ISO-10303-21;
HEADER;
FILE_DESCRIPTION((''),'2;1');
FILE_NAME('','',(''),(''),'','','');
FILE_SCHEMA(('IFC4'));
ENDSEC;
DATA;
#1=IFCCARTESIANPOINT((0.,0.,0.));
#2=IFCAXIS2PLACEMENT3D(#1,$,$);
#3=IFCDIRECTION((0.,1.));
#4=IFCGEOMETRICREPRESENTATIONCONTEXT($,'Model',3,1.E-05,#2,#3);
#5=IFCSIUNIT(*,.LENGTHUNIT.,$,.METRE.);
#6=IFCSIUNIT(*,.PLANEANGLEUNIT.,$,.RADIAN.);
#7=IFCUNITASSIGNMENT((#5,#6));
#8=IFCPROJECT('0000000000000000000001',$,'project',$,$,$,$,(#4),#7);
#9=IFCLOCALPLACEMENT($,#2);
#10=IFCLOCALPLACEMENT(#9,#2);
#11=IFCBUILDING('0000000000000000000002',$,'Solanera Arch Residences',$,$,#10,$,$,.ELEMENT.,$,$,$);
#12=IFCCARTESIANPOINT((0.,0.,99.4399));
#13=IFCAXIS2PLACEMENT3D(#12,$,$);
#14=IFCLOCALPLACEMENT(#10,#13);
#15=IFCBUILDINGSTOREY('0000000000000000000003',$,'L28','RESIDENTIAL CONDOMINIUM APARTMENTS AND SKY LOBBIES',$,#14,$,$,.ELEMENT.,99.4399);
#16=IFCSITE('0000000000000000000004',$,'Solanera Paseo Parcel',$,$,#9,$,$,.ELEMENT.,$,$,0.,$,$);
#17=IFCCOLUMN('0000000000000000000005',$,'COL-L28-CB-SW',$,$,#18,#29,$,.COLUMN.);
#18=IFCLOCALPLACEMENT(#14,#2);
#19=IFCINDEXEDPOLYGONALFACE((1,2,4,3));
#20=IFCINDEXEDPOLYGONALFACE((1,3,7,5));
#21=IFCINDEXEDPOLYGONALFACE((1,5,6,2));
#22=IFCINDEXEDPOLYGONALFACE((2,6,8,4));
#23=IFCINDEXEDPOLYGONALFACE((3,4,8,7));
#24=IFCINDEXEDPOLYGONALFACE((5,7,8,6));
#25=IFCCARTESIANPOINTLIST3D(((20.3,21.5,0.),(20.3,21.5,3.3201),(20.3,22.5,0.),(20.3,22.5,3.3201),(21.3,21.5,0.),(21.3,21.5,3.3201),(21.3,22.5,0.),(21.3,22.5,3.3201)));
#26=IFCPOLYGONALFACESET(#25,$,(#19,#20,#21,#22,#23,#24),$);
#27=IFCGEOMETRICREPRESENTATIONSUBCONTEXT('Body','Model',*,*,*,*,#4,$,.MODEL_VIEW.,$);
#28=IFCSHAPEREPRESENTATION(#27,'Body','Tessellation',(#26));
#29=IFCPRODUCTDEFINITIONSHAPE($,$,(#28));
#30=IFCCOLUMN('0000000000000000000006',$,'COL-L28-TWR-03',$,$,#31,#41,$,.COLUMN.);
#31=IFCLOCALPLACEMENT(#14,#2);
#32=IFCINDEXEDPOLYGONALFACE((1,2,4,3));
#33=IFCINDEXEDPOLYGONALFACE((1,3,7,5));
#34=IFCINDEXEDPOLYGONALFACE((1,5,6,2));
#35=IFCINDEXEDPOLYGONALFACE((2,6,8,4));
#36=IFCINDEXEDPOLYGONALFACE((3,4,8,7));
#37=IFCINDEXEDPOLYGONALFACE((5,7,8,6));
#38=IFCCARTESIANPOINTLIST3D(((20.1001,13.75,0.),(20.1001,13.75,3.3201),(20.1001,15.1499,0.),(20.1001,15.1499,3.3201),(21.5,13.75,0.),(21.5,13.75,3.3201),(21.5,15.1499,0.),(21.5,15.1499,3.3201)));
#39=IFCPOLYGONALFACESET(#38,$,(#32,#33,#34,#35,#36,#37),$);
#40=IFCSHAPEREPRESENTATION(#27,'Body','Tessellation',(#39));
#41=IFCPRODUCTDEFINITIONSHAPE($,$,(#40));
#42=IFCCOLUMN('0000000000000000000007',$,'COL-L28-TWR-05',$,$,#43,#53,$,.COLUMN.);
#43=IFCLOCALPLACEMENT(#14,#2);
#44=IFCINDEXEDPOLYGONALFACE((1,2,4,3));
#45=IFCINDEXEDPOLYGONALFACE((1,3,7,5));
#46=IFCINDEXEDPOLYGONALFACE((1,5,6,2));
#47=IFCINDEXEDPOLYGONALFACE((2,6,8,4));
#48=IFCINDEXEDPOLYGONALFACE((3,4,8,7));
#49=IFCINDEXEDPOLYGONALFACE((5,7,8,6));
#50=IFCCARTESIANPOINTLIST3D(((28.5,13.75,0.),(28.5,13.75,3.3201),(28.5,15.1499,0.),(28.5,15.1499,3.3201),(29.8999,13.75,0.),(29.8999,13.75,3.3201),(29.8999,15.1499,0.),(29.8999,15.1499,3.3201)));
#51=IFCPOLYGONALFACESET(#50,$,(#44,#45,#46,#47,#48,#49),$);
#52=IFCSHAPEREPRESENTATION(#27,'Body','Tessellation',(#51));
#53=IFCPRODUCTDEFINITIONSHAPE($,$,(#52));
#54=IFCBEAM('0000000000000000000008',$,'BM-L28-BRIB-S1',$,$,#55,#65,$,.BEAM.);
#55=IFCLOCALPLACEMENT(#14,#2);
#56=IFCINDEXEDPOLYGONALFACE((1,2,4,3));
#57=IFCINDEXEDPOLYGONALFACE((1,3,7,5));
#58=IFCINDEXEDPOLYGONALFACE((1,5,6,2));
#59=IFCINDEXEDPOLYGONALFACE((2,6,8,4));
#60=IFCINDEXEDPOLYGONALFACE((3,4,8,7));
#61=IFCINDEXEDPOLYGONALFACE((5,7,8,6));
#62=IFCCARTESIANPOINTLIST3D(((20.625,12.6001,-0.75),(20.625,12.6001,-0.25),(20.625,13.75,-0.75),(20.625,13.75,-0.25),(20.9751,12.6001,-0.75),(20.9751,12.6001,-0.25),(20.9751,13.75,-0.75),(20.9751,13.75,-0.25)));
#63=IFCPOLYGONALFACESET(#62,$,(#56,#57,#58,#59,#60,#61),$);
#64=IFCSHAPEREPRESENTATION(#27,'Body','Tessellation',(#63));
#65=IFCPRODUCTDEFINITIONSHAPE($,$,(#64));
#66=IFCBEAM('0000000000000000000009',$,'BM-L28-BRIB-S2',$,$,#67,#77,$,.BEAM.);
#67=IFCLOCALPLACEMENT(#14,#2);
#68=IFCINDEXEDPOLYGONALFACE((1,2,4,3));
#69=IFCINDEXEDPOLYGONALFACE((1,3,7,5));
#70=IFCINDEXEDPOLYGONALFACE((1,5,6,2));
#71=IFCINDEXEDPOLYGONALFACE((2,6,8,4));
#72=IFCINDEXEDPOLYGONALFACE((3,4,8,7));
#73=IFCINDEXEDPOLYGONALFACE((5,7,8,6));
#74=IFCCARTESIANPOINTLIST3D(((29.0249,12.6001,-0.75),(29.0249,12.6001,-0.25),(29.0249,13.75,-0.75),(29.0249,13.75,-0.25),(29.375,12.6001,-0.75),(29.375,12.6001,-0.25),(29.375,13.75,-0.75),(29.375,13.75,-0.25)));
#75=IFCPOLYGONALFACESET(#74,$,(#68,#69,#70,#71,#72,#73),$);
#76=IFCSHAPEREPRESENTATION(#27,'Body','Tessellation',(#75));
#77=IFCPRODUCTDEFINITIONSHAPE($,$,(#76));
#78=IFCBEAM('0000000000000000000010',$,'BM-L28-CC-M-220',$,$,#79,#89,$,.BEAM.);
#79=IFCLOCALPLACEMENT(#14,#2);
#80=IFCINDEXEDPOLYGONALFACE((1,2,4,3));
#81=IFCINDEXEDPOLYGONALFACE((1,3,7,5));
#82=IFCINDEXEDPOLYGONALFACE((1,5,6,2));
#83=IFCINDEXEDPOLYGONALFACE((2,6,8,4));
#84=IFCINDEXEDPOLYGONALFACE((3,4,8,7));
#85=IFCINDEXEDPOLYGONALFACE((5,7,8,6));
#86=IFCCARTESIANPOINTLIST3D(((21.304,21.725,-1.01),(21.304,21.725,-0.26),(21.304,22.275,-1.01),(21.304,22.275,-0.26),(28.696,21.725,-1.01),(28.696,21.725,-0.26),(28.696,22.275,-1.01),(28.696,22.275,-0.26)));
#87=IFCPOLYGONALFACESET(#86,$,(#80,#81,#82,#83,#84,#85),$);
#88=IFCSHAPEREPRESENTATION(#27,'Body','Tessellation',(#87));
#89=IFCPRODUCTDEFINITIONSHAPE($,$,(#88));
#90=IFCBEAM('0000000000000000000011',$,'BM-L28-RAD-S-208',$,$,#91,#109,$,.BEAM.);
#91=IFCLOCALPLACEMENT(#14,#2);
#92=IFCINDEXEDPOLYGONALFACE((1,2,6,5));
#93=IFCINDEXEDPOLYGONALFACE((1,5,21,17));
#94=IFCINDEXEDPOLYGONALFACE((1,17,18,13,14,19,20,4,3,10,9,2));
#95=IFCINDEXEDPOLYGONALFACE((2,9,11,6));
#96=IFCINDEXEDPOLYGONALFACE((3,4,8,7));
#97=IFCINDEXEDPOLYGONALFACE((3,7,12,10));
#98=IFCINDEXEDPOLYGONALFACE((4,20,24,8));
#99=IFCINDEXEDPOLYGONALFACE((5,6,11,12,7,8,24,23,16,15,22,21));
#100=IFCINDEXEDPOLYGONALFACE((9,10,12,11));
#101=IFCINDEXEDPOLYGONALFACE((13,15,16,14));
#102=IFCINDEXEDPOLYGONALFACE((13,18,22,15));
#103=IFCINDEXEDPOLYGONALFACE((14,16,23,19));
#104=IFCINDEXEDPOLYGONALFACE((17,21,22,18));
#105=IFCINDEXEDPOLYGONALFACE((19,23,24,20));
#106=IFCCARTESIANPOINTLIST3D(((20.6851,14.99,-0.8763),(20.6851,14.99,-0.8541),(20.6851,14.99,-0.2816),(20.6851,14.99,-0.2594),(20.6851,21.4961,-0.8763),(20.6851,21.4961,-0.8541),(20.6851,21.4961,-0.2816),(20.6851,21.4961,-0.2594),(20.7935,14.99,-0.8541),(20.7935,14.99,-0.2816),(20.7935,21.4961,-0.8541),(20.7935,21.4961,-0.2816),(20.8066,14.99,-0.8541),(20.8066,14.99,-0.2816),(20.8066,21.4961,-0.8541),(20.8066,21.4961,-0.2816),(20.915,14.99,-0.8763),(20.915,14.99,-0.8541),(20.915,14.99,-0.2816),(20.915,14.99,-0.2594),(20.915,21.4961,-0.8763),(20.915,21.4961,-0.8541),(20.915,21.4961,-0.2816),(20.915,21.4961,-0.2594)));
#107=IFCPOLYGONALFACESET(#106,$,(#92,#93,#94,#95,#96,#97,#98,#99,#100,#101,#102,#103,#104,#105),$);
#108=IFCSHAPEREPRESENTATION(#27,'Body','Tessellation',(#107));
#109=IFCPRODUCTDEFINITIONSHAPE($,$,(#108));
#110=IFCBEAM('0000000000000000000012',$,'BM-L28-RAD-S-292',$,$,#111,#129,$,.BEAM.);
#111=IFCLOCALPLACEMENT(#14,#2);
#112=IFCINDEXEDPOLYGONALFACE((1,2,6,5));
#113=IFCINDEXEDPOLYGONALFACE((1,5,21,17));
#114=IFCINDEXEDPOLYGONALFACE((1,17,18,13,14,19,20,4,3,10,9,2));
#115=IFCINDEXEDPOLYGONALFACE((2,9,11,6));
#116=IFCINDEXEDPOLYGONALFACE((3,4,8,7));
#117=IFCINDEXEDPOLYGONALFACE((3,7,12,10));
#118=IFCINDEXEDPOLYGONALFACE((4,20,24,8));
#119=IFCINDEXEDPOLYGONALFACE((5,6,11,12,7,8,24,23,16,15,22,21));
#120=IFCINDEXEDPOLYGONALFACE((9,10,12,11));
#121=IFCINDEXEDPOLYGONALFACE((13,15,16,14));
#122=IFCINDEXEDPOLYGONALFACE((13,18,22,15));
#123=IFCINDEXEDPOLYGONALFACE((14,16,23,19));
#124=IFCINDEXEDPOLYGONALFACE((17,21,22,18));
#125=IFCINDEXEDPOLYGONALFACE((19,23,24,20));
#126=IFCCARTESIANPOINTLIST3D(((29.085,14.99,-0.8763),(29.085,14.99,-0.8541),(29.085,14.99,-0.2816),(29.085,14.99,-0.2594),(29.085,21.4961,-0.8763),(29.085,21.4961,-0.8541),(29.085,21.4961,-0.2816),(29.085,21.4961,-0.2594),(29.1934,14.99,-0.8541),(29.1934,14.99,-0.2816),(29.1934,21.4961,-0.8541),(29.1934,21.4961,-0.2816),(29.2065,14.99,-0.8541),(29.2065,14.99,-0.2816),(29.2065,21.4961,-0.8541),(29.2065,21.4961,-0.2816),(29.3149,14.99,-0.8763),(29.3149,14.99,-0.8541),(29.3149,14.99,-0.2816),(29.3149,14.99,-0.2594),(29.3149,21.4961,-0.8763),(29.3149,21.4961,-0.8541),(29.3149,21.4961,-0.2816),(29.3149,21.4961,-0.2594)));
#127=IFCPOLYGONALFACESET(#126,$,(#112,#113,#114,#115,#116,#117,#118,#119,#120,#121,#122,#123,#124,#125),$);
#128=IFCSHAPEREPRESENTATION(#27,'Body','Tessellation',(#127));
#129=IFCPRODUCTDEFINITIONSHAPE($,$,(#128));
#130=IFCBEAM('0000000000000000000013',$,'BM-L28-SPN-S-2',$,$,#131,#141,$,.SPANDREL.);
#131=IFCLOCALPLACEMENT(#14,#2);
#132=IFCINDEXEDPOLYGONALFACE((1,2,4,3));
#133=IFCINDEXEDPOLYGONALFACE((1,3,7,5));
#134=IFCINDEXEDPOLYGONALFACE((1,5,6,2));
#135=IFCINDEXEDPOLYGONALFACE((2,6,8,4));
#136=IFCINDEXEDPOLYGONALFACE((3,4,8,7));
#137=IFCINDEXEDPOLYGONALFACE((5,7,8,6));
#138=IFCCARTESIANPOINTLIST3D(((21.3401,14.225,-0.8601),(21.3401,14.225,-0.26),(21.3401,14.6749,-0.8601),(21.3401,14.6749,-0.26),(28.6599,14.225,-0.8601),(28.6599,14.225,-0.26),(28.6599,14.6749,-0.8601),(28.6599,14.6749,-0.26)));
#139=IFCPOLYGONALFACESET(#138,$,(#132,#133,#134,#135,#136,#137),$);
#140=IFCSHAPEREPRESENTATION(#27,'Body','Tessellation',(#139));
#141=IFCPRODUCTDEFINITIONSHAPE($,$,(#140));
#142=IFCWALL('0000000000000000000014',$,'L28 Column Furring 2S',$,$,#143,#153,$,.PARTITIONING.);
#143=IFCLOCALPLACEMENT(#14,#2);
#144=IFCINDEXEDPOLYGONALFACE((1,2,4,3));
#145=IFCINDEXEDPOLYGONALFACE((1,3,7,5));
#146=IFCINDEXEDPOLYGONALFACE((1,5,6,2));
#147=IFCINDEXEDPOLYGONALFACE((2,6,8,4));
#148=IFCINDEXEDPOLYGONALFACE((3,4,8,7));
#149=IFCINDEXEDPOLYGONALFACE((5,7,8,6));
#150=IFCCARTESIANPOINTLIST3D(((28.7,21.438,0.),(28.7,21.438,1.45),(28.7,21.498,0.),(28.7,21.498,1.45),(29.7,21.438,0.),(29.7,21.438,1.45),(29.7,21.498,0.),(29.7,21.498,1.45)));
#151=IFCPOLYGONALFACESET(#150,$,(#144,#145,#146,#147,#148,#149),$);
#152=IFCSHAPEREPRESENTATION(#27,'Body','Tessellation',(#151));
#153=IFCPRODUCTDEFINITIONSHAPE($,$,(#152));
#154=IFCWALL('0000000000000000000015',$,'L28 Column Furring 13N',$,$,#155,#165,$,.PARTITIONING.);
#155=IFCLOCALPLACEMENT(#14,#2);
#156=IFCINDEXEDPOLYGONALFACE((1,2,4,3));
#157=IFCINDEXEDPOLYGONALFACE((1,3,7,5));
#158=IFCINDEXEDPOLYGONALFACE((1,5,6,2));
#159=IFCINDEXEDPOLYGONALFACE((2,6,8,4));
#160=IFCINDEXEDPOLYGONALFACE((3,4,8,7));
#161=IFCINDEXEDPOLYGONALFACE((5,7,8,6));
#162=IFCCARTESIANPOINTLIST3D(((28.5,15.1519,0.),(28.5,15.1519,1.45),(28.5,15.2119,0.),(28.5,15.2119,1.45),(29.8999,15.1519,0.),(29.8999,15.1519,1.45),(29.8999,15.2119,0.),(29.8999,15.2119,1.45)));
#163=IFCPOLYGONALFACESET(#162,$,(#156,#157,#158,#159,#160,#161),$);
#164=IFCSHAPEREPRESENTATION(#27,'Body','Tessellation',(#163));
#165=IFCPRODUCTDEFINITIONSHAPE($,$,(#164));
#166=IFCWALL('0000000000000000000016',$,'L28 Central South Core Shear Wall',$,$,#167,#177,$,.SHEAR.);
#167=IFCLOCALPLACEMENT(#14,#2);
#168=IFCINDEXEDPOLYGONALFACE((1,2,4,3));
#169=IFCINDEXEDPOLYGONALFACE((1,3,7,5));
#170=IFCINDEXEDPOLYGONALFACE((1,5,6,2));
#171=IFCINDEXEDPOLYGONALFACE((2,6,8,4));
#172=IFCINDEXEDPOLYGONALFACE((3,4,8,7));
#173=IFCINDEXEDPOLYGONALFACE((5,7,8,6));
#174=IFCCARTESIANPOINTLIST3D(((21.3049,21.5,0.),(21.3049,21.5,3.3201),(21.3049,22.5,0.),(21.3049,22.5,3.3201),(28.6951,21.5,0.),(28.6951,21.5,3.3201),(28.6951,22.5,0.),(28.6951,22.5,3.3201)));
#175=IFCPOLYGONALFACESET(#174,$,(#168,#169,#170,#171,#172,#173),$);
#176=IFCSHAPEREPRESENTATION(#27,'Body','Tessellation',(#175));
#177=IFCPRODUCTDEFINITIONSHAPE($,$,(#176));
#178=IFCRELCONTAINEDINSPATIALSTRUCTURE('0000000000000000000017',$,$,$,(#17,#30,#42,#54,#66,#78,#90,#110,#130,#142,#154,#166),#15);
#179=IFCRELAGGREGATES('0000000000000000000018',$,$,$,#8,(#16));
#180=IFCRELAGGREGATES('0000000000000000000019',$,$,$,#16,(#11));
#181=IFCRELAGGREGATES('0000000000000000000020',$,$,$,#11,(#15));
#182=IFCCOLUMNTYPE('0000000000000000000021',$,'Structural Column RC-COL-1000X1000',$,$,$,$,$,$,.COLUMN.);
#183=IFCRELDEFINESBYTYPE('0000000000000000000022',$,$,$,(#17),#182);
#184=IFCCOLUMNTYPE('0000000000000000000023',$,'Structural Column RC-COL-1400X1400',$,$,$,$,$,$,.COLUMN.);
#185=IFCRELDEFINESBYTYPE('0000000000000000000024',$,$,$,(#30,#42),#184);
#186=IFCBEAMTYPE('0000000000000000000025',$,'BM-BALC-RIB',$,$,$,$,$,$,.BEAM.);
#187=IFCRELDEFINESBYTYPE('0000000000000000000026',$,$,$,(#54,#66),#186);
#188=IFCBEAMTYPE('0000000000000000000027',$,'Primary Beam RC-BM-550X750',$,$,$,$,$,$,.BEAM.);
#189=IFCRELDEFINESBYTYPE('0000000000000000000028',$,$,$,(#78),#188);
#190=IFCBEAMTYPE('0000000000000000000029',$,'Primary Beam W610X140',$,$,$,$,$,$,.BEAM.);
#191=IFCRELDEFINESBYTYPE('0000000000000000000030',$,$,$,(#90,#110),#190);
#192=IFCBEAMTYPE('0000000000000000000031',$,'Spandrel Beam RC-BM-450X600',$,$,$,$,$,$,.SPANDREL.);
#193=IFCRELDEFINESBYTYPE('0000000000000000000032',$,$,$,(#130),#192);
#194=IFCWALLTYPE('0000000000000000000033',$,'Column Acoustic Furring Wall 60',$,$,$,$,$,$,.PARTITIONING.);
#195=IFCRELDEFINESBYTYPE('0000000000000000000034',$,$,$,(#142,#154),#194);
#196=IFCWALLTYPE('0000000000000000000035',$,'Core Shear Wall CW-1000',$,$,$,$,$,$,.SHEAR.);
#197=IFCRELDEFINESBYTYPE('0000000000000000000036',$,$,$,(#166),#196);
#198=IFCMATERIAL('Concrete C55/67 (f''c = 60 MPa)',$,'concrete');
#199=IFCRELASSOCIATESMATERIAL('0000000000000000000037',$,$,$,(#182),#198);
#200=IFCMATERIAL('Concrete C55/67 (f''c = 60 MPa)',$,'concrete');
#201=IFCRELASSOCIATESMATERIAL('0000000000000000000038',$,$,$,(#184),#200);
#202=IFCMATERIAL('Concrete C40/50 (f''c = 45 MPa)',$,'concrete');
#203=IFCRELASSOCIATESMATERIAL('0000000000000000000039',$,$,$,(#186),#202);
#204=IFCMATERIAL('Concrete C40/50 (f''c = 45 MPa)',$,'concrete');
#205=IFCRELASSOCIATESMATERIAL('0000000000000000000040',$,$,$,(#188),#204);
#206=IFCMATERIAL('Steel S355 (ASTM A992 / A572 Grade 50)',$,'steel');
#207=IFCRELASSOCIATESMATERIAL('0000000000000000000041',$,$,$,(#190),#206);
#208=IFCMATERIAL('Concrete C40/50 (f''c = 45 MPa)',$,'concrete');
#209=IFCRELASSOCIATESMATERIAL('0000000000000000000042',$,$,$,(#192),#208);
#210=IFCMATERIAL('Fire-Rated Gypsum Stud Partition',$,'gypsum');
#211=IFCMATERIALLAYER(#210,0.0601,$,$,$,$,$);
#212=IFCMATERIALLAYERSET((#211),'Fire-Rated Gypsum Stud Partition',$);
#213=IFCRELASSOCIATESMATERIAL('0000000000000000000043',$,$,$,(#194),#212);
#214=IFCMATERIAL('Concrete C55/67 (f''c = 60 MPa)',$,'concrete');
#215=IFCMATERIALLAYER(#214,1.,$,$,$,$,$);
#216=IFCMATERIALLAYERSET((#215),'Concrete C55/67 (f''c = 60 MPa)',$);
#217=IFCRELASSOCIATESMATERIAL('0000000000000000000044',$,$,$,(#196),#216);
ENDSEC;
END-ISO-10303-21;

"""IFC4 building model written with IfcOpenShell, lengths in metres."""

from ifc_helpers import new_model, si_unit, direction, frame, frame_2d, origin, origin_2d, place, context, subcontext, project, spatial, rectangle, i_section, extrude, material, layer, layer_set, material_profile, profile_set, type_object, element, save


model = new_model("IFC4")

# Units and contexts
model_context = context("Model", 3, precision=1e-05, world=origin(), true_north=direction((0.0, 1.0)))
body_context = subcontext(model_context, "Body", "Model", "MODEL_VIEW")
ifc_project = project(units=[si_unit("LENGTHUNIT", "METRE"), si_unit("PLANEANGLEUNIT", "RADIAN")], contexts=[model_context])

# Site, building, storey
site_placement = place(None, origin())
site = spatial("IfcSite", under=ifc_project, at=site_placement, Name="Solanera Paseo Parcel", CompositionType="ELEMENT", RefElevation=0.0)
building_placement = place(site_placement, origin())
building = spatial("IfcBuilding", under=site, at=building_placement, Name="Solanera Arch Residences", CompositionType="ELEMENT")
storey_placement = place(building_placement, frame((0.0, 0.0, 99.4399)))
storey = spatial("IfcBuildingStorey", under=building, at=storey_placement, Name="L28", Description="RESIDENTIAL CONDOMINIUM APARTMENTS AND SKY LOBBIES", CompositionType="ELEMENT", Elevation=99.4399)

# Columns
ifc_material_1 = material(Name="Concrete C55/67 (f'c = 60 MPa)", Category="concrete")
ifc_material_profile_1 = material_profile(ifc_material_1, rectangle(XDim=1.0, YDim=1.0, at=origin_2d()))
ifc_profile_set_1 = profile_set([ifc_material_profile_1], Name="Concrete C55/67 (f'c = 60 MPa)")
column_type_1 = type_object("IfcColumnType", Name="Structural Column RC-COL-1000X1000", PredefinedType="COLUMN", material=ifc_profile_set_1)
column_placement = place(storey_placement, frame((20.8, 22.0, 0.0), z_axis=(0.0, 0.0, 1.0), x_axis=(1.0, 0.0, 0.0)))
element("IfcColumn", 1, at=column_placement, inside=storey, type_object=column_type_1, Name="COL-L28-CB-SW", PredefinedType="COLUMN", context=body_context, shape_type="SweptSolid", body=[
    extrude(rectangle(XDim=1.0, YDim=1.0, at=origin_2d()), origin(), (0.0, 0.0, 1.0), 3.3201),
])
ifc_material_2 = material(Name="Concrete C55/67 (f'c = 60 MPa)", Category="concrete")
ifc_material_profile_2 = material_profile(ifc_material_2, rectangle(XDim=1.3999, YDim=1.3999, at=origin_2d()))
ifc_profile_set_2 = profile_set([ifc_material_profile_2], Name="Concrete C55/67 (f'c = 60 MPa)")
column_type_2 = type_object("IfcColumnType", Name="Structural Column RC-COL-1400X1400", PredefinedType="COLUMN", material=ifc_profile_set_2)
for number, where, z_axis, x_axis, name in (
    (2, (20.8, 14.45, 0.0), (0.0, 0.0, 1.0), (1.0, 0.0, 0.0), "COL-L28-TWR-03"),
    (3, (29.2, 14.45, 0.0), (0.0, 0.0, 1.0), (1.0, 0.0, 0.0), "COL-L28-TWR-05"),
):
    element("IfcColumn", number, at=place(storey_placement, frame(where, z_axis=z_axis, x_axis=x_axis)), inside=storey, type_object=column_type_2, Name=name, PredefinedType="COLUMN", context=body_context, shape_type="SweptSolid", body=[
        extrude(rectangle(XDim=1.3999, YDim=1.3999, at=origin_2d()), origin(), (0.0, 0.0, 1.0), 3.3201),
    ])

# Beams
ifc_material_3 = material(Name="Concrete C40/50 (f'c = 45 MPa)", Category="concrete")
ifc_material_profile_3 = material_profile(ifc_material_3, rectangle(XDim=0.3501, YDim=0.5, at=origin_2d()))
ifc_profile_set_3 = profile_set([ifc_material_profile_3], Name="Concrete C40/50 (f'c = 45 MPa)")
beam_type_1 = type_object("IfcBeamType", Name="BM-BALC-RIB", PredefinedType="BEAM", material=ifc_profile_set_3)
for number, where, z_axis, x_axis, name in (
    (4, (20.8, 12.6001, -0.5), (0.0, 1.0, 0.0), (-1.0, 0.0, 0.0), "BM-L28-BRIB-S1"),
    (5, (29.2, 12.6001, -0.5), (0.0, 1.0, 0.0), (-1.0, 0.0, 0.0), "BM-L28-BRIB-S2"),
):
    element("IfcBeam", number, at=place(storey_placement, frame(where, z_axis=z_axis, x_axis=x_axis)), inside=storey, type_object=beam_type_1, Name=name, PredefinedType="BEAM", context=body_context, shape_type="SweptSolid", body=[
        extrude(rectangle(XDim=0.3501, YDim=0.5, at=origin_2d()), origin(), (0.0, 0.0, 1.0), 1.1499),
    ])
ifc_material_4 = material(Name="Concrete C40/50 (f'c = 45 MPa)", Category="concrete")
ifc_material_profile_4 = material_profile(ifc_material_4, rectangle(XDim=0.55, YDim=0.75, at=origin_2d()))
ifc_profile_set_4 = profile_set([ifc_material_profile_4], Name="Concrete C40/50 (f'c = 45 MPa)")
beam_type_2 = type_object("IfcBeamType", Name="Primary Beam RC-BM-550X750", PredefinedType="BEAM", material=ifc_profile_set_4)
beam_1_placement = place(storey_placement, frame((21.304, 22.0, -0.635), z_axis=(1.0, 0.0, 0.0), x_axis=(0.0, 1.0, 0.0)))
element("IfcBeam", 6, at=beam_1_placement, inside=storey, type_object=beam_type_2, Name="BM-L28-CC-M-220", PredefinedType="BEAM", context=body_context, shape_type="SweptSolid", body=[
    extrude(rectangle(XDim=0.55, YDim=0.75, at=origin_2d()), origin(), (0.0, 0.0, 1.0), 7.3921),
])
ifc_material_5 = material(Name="Steel S355 (ASTM A992 / A572 Grade 50)", Category="steel")
ifc_material_profile_5 = material_profile(ifc_material_5, i_section(OverallWidth=0.23, OverallDepth=0.6169, WebThickness=0.0132, FlangeThickness=0.0222, at=origin_2d()))
ifc_profile_set_5 = profile_set([ifc_material_profile_5], Name="Steel S355 (ASTM A992 / A572 Grade 50)")
beam_type_3 = type_object("IfcBeamType", Name="Primary Beam W610X140", PredefinedType="BEAM", material=ifc_profile_set_5)
for number, where, z_axis, x_axis, name in (
    (7, (20.8, 14.99, -0.5679), (0.0, 1.0, 0.0), (-1.0, 0.0, 0.0), "BM-L28-RAD-S-208"),
    (8, (29.2, 14.99, -0.5679), (0.0, 1.0, 0.0), (-1.0, 0.0, 0.0), "BM-L28-RAD-S-292"),
):
    element("IfcBeam", number, at=place(storey_placement, frame(where, z_axis=z_axis, x_axis=x_axis)), inside=storey, type_object=beam_type_3, Name=name, PredefinedType="BEAM", context=body_context, shape_type="SweptSolid", body=[
        extrude(i_section(OverallWidth=0.23, OverallDepth=0.6169, WebThickness=0.0132, FlangeThickness=0.0222, at=origin_2d()), origin(), (0.0, 0.0, 1.0), 6.5061),
    ])
ifc_material_6 = material(Name="Concrete C40/50 (f'c = 45 MPa)", Category="concrete")
ifc_material_profile_6 = material_profile(ifc_material_6, rectangle(XDim=0.45, YDim=0.6001, at=origin_2d()))
ifc_profile_set_6 = profile_set([ifc_material_profile_6], Name="Concrete C40/50 (f'c = 45 MPa)")
beam_type_4 = type_object("IfcBeamType", Name="Spandrel Beam RC-BM-450X600", PredefinedType="SPANDREL", material=ifc_profile_set_6)
beam_2_placement = place(storey_placement, frame((21.3401, 14.45, -0.5601), z_axis=(1.0, 0.0, 0.0), x_axis=(0.0, 1.0, 0.0)))
element("IfcBeam", 9, at=beam_2_placement, inside=storey, type_object=beam_type_4, Name="BM-L28-SPN-S-2", PredefinedType="SPANDREL", context=body_context, shape_type="SweptSolid", body=[
    extrude(rectangle(XDim=0.45, YDim=0.6001, at=origin_2d()), origin(), (0.0, 0.0, 1.0), 7.3198),
])

# Walls
ifc_material_7 = material(Name="Fire-Rated Gypsum Stud Partition", Category="gypsum")
ifc_layer_1 = layer(ifc_material_7, 0.0601)
ifc_layer_set_1 = layer_set([ifc_layer_1], Name="Fire-Rated Gypsum Stud Partition")
wall_type_1 = type_object("IfcWallType", Name="Column Acoustic Furring Wall 60", PredefinedType="PARTITIONING", material=ifc_layer_set_1)
wall_1_placement = place(storey_placement, frame((28.7, 21.468, 0.0), z_axis=(0.0, 0.0, 1.0), x_axis=(1.0, 0.0, 0.0)))
element("IfcWall", 10, at=wall_1_placement, inside=storey, type_object=wall_type_1, Name="L28 Column Furring 2S", PredefinedType="PARTITIONING", context=body_context, shape_type="SweptSolid", body=[
    extrude(rectangle(XDim=1.0, YDim=0.0601, at=frame_2d((0.5, 0.0))), origin(), (0.0, 0.0, 1.0), 1.45),
])
wall_2_placement = place(storey_placement, frame((28.5, 15.1819, 0.0), z_axis=(0.0, 0.0, 1.0), x_axis=(1.0, 0.0, 0.0)))
element("IfcWall", 11, at=wall_2_placement, inside=storey, type_object=wall_type_1, Name="L28 Column Furring 13N", PredefinedType="PARTITIONING", context=body_context, shape_type="SweptSolid", body=[
    extrude(rectangle(XDim=1.3999, YDim=0.0601, at=frame_2d((0.7, 0.0))), origin(), (0.0, 0.0, 1.0), 1.45),
])
ifc_material_8 = material(Name="Concrete C55/67 (f'c = 60 MPa)", Category="concrete")
ifc_layer_2 = layer(ifc_material_8, 1.0)
ifc_layer_set_2 = layer_set([ifc_layer_2], Name="Concrete C55/67 (f'c = 60 MPa)")
wall_type_2 = type_object("IfcWallType", Name="Core Shear Wall CW-1000", PredefinedType="SHEAR", material=ifc_layer_set_2)
wall_3_placement = place(storey_placement, frame((21.3049, 22.0, 0.0), z_axis=(0.0, 0.0, 1.0), x_axis=(1.0, 0.0, 0.0)))
element("IfcWall", 12, at=wall_3_placement, inside=storey, type_object=wall_type_2, Name="L28 Central South Core Shear Wall", PredefinedType="SHEAR", context=body_context, shape_type="SweptSolid", body=[
    extrude(rectangle(XDim=7.3901, YDim=1.0, at=frame_2d((3.6951, 0.0))), origin(), (0.0, 0.0, 1.0), 3.3201),
])

save(model, "model.ifc")
